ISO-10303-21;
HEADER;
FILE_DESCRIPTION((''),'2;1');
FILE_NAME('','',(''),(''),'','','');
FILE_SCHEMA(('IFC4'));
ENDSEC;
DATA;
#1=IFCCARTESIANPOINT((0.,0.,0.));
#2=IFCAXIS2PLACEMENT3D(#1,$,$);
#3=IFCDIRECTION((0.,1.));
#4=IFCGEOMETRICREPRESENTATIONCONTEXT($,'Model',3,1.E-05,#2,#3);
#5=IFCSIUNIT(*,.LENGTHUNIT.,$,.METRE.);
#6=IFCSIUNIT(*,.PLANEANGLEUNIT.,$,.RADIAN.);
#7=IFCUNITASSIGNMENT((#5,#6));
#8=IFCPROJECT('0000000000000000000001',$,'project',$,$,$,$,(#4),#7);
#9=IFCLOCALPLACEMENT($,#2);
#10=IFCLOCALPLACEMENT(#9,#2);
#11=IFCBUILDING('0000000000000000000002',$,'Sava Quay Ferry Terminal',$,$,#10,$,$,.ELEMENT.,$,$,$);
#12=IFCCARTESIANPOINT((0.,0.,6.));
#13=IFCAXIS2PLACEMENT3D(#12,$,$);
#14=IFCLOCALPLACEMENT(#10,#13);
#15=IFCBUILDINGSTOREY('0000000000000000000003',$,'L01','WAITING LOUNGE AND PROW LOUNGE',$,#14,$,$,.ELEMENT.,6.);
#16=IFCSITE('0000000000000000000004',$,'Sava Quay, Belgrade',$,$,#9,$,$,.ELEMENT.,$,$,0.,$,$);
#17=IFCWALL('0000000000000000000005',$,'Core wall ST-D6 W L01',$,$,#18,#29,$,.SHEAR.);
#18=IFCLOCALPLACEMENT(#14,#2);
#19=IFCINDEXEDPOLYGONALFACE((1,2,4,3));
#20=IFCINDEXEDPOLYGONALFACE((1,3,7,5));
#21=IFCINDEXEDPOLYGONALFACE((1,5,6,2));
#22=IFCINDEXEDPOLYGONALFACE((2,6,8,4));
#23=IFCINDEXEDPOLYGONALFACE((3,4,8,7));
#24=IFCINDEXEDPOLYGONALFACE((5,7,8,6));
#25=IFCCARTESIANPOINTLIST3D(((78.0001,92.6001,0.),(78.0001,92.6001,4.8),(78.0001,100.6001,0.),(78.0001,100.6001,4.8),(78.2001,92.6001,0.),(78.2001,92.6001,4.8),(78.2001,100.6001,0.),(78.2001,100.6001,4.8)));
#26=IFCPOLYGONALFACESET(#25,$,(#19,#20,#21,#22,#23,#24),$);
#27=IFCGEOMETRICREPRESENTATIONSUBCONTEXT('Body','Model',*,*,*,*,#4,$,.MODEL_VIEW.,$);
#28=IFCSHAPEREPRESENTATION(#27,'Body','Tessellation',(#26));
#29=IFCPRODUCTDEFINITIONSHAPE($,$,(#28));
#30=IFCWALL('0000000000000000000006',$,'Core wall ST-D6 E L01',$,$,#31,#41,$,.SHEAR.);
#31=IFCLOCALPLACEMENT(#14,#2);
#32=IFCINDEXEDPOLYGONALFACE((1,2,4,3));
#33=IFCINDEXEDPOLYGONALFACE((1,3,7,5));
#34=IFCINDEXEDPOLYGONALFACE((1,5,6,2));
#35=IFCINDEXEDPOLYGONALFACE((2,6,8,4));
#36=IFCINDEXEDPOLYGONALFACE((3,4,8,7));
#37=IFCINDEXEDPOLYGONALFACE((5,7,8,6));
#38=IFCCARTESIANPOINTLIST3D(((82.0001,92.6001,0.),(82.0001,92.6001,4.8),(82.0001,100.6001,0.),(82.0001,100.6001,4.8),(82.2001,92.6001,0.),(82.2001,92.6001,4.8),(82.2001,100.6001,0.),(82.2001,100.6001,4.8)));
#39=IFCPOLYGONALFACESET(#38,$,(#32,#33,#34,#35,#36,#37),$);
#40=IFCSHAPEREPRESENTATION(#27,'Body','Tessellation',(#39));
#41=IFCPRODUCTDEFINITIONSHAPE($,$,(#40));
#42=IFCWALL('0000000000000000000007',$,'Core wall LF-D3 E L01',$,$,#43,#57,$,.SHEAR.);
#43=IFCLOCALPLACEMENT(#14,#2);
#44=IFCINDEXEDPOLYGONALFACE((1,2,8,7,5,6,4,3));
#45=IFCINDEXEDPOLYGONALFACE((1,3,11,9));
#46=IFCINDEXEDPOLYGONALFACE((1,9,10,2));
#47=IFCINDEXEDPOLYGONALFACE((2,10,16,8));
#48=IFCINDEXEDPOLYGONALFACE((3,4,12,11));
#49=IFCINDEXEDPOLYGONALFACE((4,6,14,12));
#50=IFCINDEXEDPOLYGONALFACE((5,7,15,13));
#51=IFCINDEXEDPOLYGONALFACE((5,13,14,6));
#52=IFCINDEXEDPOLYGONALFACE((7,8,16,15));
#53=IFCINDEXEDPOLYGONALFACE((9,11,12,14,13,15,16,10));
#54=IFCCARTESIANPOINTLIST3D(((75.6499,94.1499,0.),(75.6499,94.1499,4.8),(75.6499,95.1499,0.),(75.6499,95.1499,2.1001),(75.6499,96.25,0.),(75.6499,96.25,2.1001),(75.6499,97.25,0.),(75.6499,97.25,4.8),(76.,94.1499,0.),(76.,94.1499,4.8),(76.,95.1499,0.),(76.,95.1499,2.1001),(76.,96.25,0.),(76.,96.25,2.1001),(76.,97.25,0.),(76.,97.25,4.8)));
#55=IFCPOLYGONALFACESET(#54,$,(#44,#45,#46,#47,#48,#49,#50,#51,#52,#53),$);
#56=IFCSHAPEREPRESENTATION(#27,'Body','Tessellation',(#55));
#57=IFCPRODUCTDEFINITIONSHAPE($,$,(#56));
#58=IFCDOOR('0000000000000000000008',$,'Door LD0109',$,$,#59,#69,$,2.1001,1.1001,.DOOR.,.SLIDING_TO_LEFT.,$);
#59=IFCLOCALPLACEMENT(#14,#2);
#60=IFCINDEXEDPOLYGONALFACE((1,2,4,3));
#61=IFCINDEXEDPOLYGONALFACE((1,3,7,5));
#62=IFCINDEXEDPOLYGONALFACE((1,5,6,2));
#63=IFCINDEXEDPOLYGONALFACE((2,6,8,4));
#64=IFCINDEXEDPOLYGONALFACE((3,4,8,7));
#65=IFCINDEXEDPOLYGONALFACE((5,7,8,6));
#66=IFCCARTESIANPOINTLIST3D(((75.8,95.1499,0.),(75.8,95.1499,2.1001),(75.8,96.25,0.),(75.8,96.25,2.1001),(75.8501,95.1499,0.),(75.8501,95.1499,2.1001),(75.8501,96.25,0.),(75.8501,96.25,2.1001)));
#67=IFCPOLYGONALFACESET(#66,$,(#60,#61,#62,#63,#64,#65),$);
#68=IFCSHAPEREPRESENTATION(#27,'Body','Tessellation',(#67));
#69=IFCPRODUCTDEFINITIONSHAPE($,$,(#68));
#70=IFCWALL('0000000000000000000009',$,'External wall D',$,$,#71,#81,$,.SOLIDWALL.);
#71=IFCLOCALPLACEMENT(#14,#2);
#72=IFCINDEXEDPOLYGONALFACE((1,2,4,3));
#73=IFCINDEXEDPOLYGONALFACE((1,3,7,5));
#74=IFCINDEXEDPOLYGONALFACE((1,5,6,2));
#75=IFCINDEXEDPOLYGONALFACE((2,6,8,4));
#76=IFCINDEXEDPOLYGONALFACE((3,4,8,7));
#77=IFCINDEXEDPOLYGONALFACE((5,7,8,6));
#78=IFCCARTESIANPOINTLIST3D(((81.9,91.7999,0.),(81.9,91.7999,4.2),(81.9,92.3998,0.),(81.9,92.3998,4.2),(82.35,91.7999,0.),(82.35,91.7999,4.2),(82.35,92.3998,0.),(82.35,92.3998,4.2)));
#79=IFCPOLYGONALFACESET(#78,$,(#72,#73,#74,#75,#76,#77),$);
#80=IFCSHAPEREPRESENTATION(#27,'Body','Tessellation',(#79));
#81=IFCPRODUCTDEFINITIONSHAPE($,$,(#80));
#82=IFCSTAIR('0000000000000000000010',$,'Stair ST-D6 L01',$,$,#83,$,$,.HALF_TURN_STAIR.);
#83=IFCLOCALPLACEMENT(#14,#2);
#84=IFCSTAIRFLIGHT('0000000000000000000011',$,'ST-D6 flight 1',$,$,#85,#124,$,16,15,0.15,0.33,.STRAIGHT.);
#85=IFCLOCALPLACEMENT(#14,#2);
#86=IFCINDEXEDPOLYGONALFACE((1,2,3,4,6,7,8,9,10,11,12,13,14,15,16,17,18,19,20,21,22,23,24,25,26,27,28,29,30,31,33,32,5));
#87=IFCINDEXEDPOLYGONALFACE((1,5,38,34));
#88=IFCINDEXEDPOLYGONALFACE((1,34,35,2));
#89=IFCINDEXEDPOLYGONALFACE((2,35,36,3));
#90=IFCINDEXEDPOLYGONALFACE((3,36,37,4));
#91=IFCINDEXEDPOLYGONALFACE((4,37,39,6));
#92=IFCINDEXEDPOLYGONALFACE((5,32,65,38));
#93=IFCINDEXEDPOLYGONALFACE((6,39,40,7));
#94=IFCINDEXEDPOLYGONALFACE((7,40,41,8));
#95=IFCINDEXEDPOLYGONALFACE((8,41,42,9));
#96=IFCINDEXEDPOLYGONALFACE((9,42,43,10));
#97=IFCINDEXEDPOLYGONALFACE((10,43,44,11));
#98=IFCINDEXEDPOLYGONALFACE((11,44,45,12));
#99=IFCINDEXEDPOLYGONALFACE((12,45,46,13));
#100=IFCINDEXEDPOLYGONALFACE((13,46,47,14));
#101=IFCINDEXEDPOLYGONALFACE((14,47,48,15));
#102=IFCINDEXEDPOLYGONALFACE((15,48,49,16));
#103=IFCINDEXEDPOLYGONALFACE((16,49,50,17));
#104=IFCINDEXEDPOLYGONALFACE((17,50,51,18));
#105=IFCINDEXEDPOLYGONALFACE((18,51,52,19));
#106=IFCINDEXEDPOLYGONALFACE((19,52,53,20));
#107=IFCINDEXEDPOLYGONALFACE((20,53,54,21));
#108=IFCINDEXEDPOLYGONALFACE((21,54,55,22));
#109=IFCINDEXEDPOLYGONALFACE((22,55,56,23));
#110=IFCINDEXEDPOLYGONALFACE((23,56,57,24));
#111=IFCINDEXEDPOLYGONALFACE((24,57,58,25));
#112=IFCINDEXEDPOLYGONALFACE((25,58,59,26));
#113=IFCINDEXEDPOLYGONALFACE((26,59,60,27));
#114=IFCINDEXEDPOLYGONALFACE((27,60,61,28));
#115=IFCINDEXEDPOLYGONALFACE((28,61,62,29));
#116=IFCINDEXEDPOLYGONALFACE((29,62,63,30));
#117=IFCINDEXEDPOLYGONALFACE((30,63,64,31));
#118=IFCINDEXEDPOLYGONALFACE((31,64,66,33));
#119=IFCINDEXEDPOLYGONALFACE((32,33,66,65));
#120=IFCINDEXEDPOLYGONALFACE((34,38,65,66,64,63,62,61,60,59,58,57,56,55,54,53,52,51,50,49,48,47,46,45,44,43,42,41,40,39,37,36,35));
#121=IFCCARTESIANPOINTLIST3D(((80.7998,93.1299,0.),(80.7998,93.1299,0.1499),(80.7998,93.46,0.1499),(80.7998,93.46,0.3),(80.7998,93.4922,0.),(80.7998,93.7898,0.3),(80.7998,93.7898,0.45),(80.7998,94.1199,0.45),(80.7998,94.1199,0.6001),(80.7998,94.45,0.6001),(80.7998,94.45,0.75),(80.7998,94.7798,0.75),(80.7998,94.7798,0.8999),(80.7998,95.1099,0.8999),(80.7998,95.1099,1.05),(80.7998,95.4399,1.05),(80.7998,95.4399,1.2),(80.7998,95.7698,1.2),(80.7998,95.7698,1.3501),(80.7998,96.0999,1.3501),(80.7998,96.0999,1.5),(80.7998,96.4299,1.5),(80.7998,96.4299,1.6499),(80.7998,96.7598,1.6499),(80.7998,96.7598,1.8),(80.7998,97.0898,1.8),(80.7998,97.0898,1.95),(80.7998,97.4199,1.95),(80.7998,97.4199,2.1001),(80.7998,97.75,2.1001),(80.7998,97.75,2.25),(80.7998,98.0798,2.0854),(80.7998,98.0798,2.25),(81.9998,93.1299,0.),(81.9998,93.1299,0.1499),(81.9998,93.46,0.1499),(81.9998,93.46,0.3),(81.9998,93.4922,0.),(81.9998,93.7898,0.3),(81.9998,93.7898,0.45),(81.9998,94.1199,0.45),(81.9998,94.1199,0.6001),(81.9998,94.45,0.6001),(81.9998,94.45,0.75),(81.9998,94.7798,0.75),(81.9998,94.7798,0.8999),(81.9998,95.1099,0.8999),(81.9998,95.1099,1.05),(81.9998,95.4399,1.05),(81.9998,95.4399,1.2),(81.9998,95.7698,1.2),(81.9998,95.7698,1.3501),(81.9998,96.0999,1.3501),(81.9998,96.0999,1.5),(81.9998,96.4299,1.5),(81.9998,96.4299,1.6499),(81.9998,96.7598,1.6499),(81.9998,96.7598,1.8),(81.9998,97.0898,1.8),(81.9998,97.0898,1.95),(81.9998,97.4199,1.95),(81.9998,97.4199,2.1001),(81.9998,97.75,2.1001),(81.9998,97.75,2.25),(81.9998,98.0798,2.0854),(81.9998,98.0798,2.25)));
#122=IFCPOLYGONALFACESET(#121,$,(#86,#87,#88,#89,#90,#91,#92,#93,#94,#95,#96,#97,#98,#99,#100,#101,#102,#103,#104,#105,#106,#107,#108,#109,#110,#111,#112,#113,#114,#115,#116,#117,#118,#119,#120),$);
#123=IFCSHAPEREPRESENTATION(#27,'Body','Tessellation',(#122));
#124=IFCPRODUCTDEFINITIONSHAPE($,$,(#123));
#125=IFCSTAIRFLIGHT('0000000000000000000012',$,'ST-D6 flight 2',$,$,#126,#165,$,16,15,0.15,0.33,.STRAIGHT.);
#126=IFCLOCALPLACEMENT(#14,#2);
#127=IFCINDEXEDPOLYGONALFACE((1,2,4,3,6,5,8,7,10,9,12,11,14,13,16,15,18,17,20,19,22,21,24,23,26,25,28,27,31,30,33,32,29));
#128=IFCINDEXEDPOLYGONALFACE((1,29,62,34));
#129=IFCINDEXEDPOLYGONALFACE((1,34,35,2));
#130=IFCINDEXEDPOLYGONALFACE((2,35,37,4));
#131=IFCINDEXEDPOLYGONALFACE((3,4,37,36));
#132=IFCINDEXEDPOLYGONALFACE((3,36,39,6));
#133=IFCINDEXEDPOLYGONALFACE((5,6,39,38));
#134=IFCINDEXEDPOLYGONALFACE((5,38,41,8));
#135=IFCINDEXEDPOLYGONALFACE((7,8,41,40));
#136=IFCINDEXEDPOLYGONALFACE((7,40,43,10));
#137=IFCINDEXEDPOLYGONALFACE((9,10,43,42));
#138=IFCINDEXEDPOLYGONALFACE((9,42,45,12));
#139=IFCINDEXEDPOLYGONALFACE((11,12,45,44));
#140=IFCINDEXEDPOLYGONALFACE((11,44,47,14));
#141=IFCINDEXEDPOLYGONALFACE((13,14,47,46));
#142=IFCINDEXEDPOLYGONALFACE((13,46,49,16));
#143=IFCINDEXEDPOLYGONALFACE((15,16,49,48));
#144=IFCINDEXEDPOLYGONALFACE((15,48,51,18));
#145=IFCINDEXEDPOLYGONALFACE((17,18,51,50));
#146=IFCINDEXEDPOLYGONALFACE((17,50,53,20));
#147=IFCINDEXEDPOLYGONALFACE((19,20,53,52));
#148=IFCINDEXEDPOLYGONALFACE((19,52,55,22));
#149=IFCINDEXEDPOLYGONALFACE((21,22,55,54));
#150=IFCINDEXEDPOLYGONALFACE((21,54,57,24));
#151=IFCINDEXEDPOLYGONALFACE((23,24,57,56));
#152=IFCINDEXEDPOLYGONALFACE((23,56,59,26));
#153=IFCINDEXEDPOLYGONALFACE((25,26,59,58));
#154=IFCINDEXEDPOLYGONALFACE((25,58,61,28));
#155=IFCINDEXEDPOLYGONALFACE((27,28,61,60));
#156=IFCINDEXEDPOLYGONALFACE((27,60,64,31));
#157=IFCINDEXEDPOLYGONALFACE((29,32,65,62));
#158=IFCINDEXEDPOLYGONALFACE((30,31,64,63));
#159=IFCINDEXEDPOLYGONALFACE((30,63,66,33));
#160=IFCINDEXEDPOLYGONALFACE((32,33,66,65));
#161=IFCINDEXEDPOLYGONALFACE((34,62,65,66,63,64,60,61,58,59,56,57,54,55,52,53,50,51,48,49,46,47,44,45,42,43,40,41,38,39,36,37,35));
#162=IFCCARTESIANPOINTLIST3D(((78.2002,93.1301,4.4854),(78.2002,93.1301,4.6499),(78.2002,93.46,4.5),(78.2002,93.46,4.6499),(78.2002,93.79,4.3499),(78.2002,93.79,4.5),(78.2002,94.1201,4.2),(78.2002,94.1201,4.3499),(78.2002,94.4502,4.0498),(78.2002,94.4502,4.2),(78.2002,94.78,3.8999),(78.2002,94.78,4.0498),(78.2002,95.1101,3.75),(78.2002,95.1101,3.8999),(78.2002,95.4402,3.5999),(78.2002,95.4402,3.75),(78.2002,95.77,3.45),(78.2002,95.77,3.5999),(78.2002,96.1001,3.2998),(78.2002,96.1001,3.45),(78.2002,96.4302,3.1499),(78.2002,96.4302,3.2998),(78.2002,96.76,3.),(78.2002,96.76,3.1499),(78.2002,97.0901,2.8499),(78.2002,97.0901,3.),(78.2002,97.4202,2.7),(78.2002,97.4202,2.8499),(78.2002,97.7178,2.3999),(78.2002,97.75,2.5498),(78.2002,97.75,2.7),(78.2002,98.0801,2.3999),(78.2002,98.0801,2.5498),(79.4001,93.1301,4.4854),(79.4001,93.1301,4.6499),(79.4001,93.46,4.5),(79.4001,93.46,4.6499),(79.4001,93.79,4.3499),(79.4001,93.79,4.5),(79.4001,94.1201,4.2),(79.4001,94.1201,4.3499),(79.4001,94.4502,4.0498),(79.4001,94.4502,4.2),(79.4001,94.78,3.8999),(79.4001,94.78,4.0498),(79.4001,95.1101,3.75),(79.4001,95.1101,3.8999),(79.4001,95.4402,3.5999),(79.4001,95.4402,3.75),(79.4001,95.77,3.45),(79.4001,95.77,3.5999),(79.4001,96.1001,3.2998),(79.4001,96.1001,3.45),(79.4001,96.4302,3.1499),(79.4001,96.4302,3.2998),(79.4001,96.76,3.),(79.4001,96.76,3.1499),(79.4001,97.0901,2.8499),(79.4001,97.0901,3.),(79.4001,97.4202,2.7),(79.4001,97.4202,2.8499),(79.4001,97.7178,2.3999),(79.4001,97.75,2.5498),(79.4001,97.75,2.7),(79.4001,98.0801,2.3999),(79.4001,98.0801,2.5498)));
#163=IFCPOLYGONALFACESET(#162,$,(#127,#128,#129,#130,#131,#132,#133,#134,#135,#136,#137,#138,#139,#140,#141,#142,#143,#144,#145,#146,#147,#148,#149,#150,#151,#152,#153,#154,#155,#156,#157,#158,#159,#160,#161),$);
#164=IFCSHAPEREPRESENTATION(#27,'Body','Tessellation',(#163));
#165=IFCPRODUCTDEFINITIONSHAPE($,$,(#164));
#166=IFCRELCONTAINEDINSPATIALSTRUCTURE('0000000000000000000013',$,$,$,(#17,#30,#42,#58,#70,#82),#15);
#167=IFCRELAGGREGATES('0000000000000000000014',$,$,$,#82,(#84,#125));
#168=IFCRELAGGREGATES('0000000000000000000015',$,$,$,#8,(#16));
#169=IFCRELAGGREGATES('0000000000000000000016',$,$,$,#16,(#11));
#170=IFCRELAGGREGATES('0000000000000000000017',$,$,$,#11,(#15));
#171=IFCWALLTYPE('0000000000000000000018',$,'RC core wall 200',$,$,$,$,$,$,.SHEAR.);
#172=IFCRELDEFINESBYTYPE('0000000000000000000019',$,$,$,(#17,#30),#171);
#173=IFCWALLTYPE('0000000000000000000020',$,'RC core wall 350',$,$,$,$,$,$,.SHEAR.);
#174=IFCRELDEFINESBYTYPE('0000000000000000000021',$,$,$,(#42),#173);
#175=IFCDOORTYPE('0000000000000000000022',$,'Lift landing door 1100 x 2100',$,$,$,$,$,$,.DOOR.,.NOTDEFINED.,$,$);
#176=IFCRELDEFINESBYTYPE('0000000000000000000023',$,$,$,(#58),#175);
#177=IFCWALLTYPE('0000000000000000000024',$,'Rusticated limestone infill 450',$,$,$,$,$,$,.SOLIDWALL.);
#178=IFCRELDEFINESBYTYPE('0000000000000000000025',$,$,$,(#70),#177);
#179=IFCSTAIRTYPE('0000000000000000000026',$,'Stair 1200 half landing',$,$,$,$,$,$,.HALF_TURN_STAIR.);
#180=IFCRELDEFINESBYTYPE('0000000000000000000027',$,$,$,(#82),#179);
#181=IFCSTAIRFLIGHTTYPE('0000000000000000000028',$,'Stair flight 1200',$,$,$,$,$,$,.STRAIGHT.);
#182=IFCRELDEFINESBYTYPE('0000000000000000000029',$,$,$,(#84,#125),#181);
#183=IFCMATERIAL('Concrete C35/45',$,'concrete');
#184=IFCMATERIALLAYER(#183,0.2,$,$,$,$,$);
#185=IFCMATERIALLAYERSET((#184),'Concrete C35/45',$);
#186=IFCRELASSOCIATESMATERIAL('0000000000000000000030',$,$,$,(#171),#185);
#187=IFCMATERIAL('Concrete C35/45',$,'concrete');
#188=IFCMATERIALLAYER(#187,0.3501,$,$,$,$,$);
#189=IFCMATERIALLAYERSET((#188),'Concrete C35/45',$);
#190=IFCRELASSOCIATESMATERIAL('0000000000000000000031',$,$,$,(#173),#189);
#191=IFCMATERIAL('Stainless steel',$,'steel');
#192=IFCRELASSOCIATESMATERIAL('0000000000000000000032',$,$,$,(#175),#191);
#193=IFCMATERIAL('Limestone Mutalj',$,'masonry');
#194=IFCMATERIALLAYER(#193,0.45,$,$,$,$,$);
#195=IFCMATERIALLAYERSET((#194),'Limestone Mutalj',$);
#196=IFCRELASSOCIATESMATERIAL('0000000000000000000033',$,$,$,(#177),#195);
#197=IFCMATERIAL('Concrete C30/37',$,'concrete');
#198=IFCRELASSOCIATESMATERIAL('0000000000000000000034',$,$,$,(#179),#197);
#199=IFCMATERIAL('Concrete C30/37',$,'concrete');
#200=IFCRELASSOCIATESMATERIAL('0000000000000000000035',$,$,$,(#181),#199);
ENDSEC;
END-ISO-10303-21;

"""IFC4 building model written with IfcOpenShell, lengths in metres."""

from ifc_helpers import new_model, si_unit, direction, frame, frame_2d, origin, place, context, subcontext, project, spatial, polyline, rectangle, outline, extrude, material, layer, layer_set, type_object, element, fill, aggregate, save


model = new_model("IFC4")

# Units and contexts
model_context = context("Model", 3, precision=1e-05, world=origin(), true_north=direction((0.0, 1.0)))
body_context = subcontext(model_context, "Body", "Model", "MODEL_VIEW")
ifc_project = project(units=[si_unit("LENGTHUNIT", "METRE"), si_unit("PLANEANGLEUNIT", "RADIAN")], contexts=[model_context])

# Site, building, storey
site_placement = place(None, origin())
site = spatial("IfcSite", under=ifc_project, at=site_placement, Name="Sava Quay, Belgrade", CompositionType="ELEMENT", RefElevation=0.0)
building_placement = place(site_placement, origin())
building = spatial("IfcBuilding", under=site, at=building_placement, Name="Sava Quay Ferry Terminal", CompositionType="ELEMENT")
storey_placement = place(building_placement, frame((0.0, 0.0, 6.0)))
storey = spatial("IfcBuildingStorey", under=building, at=storey_placement, Name="L01", Description="WAITING LOUNGE AND PROW LOUNGE", CompositionType="ELEMENT", Elevation=6.0)

# Shared definitions
ifc_material_1 = material(Name="Concrete C35/45", Category="concrete")
ifc_layer_1 = layer(ifc_material_1, 0.2)
ifc_layer_set_1 = layer_set([ifc_layer_1], Name="Concrete C35/45")
wall_type_1 = type_object("IfcWallType", Name="RC core wall 200", PredefinedType="SHEAR", material=ifc_layer_set_1)

# Walls
for number, where, z_axis, x_axis, name in (
    (1, (78.1001, 92.6001, 0.0), (0.0, 0.0, 1.0), (0.0, 1.0, 0.0), "Core wall ST-D6 W L01"),
    (2, (82.1001, 92.6001, 0.0), (0.0, 0.0, 1.0), (0.0, 1.0, 0.0), "Core wall ST-D6 E L01"),
):
    element("IfcWall", number, at=place(storey_placement, frame(where, z_axis=z_axis, x_axis=x_axis)), inside=storey, type_object=wall_type_1, Name=name, PredefinedType="SHEAR", context=body_context, shape_type="SweptSolid", body=[
        extrude(rectangle(XDim=8.0, YDim=0.2, at=frame_2d((4.0, 0.0))), origin(), (0.0, 0.0, 1.0), 4.8),
    ])

# Wall, opening, door
ifc_material_2 = material(Name="Concrete C35/45", Category="concrete")
ifc_layer_2 = layer(ifc_material_2, 0.3501)
ifc_layer_set_2 = layer_set([ifc_layer_2], Name="Concrete C35/45")
wall_type_2 = type_object("IfcWallType", Name="RC core wall 350", PredefinedType="SHEAR", material=ifc_layer_set_2)
wall_1_placement = place(storey_placement, frame((75.825, 94.1499, 0.0), z_axis=(0.0, 0.0, 1.0), x_axis=(0.0, 1.0, 0.0)))
wall_1 = element("IfcWall", 3, at=wall_1_placement, inside=storey, type_object=wall_type_2, Name="Core wall LF-D3 E L01", PredefinedType="SHEAR", context=body_context, shape_type="SweptSolid", body=[
    extrude(rectangle(XDim=3.1001, YDim=0.3501, at=frame_2d((1.55, 0.0))), origin(), (0.0, 0.0, 1.0), 4.8),
])
opening_1_placement = place(wall_1_placement, frame((1.0, 0.0, 0.0)))
opening_1 = element("IfcOpeningElement", 4, at=opening_1_placement, cuts=wall_1, PredefinedType="OPENING", context=body_context, shape_type="SweptSolid", body=[
    extrude(rectangle(XDim=1.1001, YDim=2.1001, at=frame_2d((0.55, 1.05))), frame((0.0, 0.175, 0.0), z_axis=(0.0, -1.0, 0.0), x_axis=(1.0, 0.0, 0.0)), (0.0, 0.0, 1.0), 0.3501),
])
ifc_material_3 = material(Name="Stainless steel", Category="steel")
door_type_1 = type_object("IfcDoorType", Name="Lift landing door 1100 x 2100", OperationType="NOTDEFINED", PredefinedType="DOOR", material=ifc_material_3)
door_1_placement = place(opening_1_placement, origin())
door_1 = element("IfcDoor", 5, at=door_1_placement, inside=storey, type_object=door_type_1, Name="Door LD0109", OperationType="SLIDING_TO_LEFT", OverallHeight=2.1001, OverallWidth=1.1001, PredefinedType="DOOR", context=body_context, shape_type="SweptSolid", body=[
    extrude(rectangle(XDim=1.1001, YDim=2.1001, at=frame_2d((0.55, 1.05))), frame((0.0, 0.0249, 0.0), z_axis=(0.0, -1.0, 0.0), x_axis=(1.0, 0.0, 0.0)), (0.0, 0.0, 1.0), 0.05),
])
fill(opening_1, door_1)

# Wall
ifc_material_4 = material(Name="Limestone Mutalj", Category="masonry")
ifc_layer_3 = layer(ifc_material_4, 0.45)
ifc_layer_set_3 = layer_set([ifc_layer_3], Name="Limestone Mutalj")
wall_type_3 = type_object("IfcWallType", Name="Rusticated limestone infill 450", PredefinedType="SOLIDWALL", material=ifc_layer_set_3)
wall_2_placement = place(storey_placement, frame((82.125, 91.8, 0.0), z_axis=(0.0, 0.0, 1.0), x_axis=(0.0, 1.0, 0.0)))
element("IfcWall", 6, at=wall_2_placement, inside=storey, type_object=wall_type_3, Name="External wall D", PredefinedType="SOLIDWALL", context=body_context, shape_type="SweptSolid", body=[
    extrude(rectangle(XDim=0.5999, YDim=0.45, at=frame_2d((0.2998, 0.0))), origin(), (0.0, 0.0, 1.0), 4.2),
])

# Stair, stair flights
ifc_material_5 = material(Name="Concrete C30/37", Category="concrete")
stair_type = type_object("IfcStairType", Name="Stair 1200 half landing", PredefinedType="HALF_TURN_STAIR", material=ifc_material_5)
stair_placement = place(storey_placement, origin())
stair = element("IfcStair", 7, at=stair_placement, inside=storey, type_object=stair_type, Name="Stair ST-D6 L01", PredefinedType="HALF_TURN_STAIR")
ifc_material_6 = material(Name="Concrete C30/37", Category="concrete")
stair_flight_type = type_object("IfcStairFlightType", Name="Stair flight 1200", PredefinedType="STRAIGHT", material=ifc_material_6)
stair_flight_1_placement = place(storey_placement, frame((81.3999, 93.1299, 0.0), z_axis=(0.0, 0.0, 1.0), x_axis=(0.0, 1.0, 0.0)))
stair_flight_1 = element("IfcStairFlight", 8, at=stair_flight_1_placement, type_object=stair_flight_type, Name="ST-D6 flight 1", NumberOfRisers=16, NumberOfTreads=15, PredefinedType="STRAIGHT", RiserHeight=0.15, TreadLength=0.33, context=body_context, shape_type="SweptSolid", body=[
    extrude(outline(polyline([(0.0, 0.0), (0.0, 0.1499), (0.3301, 0.1499), (0.3301, 0.3), (0.6599, 0.3), (0.6599, 0.45), (0.99, 0.45), (0.99, 0.6001), (1.3201, 0.6001), (1.3201, 0.75), (1.6499, 0.75), (1.6499, 0.8999), (1.98, 0.8999), (1.98, 1.05), (2.3101, 1.05), (2.3101, 1.2), (2.6399, 1.2), (2.6399, 1.3501), (2.97, 1.3501), (2.97, 1.5), (3.3, 1.5), (3.3, 1.6499), (3.6299, 1.6499), (3.6299, 1.8), (3.96, 1.8), (3.96, 1.95), (4.29, 1.95), (4.29, 2.1001), (4.6201, 2.1001), (4.6201, 2.25), (4.95, 2.25), (4.95, 2.3999), (4.95, 2.0854), (0.3623, 0.0), (0.0, 0.0)])), frame((0.0, 0.6001, 0.0), z_axis=(0.0, -1.0, 0.0), x_axis=(1.0, 0.0, 0.0)), (0.0, 0.0, 1.0), 1.2),
])
stair_flight_2_placement = place(storey_placement, frame((78.8, 98.0801, 2.3999), z_axis=(0.0, 0.0, 1.0), x_axis=(0.0, -1.0, 0.0)))
stair_flight_2 = element("IfcStairFlight", 9, at=stair_flight_2_placement, type_object=stair_flight_type, Name="ST-D6 flight 2", NumberOfRisers=16, NumberOfTreads=15, PredefinedType="STRAIGHT", RiserHeight=0.15, TreadLength=0.33, context=body_context, shape_type="SweptSolid", body=[
    extrude(outline(polyline([(0.0, 0.0), (0.0, 0.1499), (0.3301, 0.1499), (0.3301, 0.3), (0.6599, 0.3), (0.6599, 0.45), (0.99, 0.45), (0.99, 0.6001), (1.3201, 0.6001), (1.3201, 0.75), (1.6499, 0.75), (1.6499, 0.8999), (1.98, 0.8999), (1.98, 1.05), (2.3101, 1.05), (2.3101, 1.2), (2.6399, 1.2), (2.6399, 1.3501), (2.97, 1.3501), (2.97, 1.5), (3.3, 1.5), (3.3, 1.6499), (3.6299, 1.6499), (3.6299, 1.8), (3.96, 1.8), (3.96, 1.95), (4.29, 1.95), (4.29, 2.1001), (4.6201, 2.1001), (4.6201, 2.25), (4.95, 2.25), (4.95, 2.3999), (4.95, 2.0854), (0.3623, 0.0), (0.0, 0.0)])), frame((0.0, 0.6001, 0.0), z_axis=(0.0, -1.0, 0.0), x_axis=(1.0, 0.0, 0.0)), (0.0, 0.0, 1.0), 1.2),
])
aggregate(stair, [stair_flight_1, stair_flight_2])

save(model, "model.ifc")
